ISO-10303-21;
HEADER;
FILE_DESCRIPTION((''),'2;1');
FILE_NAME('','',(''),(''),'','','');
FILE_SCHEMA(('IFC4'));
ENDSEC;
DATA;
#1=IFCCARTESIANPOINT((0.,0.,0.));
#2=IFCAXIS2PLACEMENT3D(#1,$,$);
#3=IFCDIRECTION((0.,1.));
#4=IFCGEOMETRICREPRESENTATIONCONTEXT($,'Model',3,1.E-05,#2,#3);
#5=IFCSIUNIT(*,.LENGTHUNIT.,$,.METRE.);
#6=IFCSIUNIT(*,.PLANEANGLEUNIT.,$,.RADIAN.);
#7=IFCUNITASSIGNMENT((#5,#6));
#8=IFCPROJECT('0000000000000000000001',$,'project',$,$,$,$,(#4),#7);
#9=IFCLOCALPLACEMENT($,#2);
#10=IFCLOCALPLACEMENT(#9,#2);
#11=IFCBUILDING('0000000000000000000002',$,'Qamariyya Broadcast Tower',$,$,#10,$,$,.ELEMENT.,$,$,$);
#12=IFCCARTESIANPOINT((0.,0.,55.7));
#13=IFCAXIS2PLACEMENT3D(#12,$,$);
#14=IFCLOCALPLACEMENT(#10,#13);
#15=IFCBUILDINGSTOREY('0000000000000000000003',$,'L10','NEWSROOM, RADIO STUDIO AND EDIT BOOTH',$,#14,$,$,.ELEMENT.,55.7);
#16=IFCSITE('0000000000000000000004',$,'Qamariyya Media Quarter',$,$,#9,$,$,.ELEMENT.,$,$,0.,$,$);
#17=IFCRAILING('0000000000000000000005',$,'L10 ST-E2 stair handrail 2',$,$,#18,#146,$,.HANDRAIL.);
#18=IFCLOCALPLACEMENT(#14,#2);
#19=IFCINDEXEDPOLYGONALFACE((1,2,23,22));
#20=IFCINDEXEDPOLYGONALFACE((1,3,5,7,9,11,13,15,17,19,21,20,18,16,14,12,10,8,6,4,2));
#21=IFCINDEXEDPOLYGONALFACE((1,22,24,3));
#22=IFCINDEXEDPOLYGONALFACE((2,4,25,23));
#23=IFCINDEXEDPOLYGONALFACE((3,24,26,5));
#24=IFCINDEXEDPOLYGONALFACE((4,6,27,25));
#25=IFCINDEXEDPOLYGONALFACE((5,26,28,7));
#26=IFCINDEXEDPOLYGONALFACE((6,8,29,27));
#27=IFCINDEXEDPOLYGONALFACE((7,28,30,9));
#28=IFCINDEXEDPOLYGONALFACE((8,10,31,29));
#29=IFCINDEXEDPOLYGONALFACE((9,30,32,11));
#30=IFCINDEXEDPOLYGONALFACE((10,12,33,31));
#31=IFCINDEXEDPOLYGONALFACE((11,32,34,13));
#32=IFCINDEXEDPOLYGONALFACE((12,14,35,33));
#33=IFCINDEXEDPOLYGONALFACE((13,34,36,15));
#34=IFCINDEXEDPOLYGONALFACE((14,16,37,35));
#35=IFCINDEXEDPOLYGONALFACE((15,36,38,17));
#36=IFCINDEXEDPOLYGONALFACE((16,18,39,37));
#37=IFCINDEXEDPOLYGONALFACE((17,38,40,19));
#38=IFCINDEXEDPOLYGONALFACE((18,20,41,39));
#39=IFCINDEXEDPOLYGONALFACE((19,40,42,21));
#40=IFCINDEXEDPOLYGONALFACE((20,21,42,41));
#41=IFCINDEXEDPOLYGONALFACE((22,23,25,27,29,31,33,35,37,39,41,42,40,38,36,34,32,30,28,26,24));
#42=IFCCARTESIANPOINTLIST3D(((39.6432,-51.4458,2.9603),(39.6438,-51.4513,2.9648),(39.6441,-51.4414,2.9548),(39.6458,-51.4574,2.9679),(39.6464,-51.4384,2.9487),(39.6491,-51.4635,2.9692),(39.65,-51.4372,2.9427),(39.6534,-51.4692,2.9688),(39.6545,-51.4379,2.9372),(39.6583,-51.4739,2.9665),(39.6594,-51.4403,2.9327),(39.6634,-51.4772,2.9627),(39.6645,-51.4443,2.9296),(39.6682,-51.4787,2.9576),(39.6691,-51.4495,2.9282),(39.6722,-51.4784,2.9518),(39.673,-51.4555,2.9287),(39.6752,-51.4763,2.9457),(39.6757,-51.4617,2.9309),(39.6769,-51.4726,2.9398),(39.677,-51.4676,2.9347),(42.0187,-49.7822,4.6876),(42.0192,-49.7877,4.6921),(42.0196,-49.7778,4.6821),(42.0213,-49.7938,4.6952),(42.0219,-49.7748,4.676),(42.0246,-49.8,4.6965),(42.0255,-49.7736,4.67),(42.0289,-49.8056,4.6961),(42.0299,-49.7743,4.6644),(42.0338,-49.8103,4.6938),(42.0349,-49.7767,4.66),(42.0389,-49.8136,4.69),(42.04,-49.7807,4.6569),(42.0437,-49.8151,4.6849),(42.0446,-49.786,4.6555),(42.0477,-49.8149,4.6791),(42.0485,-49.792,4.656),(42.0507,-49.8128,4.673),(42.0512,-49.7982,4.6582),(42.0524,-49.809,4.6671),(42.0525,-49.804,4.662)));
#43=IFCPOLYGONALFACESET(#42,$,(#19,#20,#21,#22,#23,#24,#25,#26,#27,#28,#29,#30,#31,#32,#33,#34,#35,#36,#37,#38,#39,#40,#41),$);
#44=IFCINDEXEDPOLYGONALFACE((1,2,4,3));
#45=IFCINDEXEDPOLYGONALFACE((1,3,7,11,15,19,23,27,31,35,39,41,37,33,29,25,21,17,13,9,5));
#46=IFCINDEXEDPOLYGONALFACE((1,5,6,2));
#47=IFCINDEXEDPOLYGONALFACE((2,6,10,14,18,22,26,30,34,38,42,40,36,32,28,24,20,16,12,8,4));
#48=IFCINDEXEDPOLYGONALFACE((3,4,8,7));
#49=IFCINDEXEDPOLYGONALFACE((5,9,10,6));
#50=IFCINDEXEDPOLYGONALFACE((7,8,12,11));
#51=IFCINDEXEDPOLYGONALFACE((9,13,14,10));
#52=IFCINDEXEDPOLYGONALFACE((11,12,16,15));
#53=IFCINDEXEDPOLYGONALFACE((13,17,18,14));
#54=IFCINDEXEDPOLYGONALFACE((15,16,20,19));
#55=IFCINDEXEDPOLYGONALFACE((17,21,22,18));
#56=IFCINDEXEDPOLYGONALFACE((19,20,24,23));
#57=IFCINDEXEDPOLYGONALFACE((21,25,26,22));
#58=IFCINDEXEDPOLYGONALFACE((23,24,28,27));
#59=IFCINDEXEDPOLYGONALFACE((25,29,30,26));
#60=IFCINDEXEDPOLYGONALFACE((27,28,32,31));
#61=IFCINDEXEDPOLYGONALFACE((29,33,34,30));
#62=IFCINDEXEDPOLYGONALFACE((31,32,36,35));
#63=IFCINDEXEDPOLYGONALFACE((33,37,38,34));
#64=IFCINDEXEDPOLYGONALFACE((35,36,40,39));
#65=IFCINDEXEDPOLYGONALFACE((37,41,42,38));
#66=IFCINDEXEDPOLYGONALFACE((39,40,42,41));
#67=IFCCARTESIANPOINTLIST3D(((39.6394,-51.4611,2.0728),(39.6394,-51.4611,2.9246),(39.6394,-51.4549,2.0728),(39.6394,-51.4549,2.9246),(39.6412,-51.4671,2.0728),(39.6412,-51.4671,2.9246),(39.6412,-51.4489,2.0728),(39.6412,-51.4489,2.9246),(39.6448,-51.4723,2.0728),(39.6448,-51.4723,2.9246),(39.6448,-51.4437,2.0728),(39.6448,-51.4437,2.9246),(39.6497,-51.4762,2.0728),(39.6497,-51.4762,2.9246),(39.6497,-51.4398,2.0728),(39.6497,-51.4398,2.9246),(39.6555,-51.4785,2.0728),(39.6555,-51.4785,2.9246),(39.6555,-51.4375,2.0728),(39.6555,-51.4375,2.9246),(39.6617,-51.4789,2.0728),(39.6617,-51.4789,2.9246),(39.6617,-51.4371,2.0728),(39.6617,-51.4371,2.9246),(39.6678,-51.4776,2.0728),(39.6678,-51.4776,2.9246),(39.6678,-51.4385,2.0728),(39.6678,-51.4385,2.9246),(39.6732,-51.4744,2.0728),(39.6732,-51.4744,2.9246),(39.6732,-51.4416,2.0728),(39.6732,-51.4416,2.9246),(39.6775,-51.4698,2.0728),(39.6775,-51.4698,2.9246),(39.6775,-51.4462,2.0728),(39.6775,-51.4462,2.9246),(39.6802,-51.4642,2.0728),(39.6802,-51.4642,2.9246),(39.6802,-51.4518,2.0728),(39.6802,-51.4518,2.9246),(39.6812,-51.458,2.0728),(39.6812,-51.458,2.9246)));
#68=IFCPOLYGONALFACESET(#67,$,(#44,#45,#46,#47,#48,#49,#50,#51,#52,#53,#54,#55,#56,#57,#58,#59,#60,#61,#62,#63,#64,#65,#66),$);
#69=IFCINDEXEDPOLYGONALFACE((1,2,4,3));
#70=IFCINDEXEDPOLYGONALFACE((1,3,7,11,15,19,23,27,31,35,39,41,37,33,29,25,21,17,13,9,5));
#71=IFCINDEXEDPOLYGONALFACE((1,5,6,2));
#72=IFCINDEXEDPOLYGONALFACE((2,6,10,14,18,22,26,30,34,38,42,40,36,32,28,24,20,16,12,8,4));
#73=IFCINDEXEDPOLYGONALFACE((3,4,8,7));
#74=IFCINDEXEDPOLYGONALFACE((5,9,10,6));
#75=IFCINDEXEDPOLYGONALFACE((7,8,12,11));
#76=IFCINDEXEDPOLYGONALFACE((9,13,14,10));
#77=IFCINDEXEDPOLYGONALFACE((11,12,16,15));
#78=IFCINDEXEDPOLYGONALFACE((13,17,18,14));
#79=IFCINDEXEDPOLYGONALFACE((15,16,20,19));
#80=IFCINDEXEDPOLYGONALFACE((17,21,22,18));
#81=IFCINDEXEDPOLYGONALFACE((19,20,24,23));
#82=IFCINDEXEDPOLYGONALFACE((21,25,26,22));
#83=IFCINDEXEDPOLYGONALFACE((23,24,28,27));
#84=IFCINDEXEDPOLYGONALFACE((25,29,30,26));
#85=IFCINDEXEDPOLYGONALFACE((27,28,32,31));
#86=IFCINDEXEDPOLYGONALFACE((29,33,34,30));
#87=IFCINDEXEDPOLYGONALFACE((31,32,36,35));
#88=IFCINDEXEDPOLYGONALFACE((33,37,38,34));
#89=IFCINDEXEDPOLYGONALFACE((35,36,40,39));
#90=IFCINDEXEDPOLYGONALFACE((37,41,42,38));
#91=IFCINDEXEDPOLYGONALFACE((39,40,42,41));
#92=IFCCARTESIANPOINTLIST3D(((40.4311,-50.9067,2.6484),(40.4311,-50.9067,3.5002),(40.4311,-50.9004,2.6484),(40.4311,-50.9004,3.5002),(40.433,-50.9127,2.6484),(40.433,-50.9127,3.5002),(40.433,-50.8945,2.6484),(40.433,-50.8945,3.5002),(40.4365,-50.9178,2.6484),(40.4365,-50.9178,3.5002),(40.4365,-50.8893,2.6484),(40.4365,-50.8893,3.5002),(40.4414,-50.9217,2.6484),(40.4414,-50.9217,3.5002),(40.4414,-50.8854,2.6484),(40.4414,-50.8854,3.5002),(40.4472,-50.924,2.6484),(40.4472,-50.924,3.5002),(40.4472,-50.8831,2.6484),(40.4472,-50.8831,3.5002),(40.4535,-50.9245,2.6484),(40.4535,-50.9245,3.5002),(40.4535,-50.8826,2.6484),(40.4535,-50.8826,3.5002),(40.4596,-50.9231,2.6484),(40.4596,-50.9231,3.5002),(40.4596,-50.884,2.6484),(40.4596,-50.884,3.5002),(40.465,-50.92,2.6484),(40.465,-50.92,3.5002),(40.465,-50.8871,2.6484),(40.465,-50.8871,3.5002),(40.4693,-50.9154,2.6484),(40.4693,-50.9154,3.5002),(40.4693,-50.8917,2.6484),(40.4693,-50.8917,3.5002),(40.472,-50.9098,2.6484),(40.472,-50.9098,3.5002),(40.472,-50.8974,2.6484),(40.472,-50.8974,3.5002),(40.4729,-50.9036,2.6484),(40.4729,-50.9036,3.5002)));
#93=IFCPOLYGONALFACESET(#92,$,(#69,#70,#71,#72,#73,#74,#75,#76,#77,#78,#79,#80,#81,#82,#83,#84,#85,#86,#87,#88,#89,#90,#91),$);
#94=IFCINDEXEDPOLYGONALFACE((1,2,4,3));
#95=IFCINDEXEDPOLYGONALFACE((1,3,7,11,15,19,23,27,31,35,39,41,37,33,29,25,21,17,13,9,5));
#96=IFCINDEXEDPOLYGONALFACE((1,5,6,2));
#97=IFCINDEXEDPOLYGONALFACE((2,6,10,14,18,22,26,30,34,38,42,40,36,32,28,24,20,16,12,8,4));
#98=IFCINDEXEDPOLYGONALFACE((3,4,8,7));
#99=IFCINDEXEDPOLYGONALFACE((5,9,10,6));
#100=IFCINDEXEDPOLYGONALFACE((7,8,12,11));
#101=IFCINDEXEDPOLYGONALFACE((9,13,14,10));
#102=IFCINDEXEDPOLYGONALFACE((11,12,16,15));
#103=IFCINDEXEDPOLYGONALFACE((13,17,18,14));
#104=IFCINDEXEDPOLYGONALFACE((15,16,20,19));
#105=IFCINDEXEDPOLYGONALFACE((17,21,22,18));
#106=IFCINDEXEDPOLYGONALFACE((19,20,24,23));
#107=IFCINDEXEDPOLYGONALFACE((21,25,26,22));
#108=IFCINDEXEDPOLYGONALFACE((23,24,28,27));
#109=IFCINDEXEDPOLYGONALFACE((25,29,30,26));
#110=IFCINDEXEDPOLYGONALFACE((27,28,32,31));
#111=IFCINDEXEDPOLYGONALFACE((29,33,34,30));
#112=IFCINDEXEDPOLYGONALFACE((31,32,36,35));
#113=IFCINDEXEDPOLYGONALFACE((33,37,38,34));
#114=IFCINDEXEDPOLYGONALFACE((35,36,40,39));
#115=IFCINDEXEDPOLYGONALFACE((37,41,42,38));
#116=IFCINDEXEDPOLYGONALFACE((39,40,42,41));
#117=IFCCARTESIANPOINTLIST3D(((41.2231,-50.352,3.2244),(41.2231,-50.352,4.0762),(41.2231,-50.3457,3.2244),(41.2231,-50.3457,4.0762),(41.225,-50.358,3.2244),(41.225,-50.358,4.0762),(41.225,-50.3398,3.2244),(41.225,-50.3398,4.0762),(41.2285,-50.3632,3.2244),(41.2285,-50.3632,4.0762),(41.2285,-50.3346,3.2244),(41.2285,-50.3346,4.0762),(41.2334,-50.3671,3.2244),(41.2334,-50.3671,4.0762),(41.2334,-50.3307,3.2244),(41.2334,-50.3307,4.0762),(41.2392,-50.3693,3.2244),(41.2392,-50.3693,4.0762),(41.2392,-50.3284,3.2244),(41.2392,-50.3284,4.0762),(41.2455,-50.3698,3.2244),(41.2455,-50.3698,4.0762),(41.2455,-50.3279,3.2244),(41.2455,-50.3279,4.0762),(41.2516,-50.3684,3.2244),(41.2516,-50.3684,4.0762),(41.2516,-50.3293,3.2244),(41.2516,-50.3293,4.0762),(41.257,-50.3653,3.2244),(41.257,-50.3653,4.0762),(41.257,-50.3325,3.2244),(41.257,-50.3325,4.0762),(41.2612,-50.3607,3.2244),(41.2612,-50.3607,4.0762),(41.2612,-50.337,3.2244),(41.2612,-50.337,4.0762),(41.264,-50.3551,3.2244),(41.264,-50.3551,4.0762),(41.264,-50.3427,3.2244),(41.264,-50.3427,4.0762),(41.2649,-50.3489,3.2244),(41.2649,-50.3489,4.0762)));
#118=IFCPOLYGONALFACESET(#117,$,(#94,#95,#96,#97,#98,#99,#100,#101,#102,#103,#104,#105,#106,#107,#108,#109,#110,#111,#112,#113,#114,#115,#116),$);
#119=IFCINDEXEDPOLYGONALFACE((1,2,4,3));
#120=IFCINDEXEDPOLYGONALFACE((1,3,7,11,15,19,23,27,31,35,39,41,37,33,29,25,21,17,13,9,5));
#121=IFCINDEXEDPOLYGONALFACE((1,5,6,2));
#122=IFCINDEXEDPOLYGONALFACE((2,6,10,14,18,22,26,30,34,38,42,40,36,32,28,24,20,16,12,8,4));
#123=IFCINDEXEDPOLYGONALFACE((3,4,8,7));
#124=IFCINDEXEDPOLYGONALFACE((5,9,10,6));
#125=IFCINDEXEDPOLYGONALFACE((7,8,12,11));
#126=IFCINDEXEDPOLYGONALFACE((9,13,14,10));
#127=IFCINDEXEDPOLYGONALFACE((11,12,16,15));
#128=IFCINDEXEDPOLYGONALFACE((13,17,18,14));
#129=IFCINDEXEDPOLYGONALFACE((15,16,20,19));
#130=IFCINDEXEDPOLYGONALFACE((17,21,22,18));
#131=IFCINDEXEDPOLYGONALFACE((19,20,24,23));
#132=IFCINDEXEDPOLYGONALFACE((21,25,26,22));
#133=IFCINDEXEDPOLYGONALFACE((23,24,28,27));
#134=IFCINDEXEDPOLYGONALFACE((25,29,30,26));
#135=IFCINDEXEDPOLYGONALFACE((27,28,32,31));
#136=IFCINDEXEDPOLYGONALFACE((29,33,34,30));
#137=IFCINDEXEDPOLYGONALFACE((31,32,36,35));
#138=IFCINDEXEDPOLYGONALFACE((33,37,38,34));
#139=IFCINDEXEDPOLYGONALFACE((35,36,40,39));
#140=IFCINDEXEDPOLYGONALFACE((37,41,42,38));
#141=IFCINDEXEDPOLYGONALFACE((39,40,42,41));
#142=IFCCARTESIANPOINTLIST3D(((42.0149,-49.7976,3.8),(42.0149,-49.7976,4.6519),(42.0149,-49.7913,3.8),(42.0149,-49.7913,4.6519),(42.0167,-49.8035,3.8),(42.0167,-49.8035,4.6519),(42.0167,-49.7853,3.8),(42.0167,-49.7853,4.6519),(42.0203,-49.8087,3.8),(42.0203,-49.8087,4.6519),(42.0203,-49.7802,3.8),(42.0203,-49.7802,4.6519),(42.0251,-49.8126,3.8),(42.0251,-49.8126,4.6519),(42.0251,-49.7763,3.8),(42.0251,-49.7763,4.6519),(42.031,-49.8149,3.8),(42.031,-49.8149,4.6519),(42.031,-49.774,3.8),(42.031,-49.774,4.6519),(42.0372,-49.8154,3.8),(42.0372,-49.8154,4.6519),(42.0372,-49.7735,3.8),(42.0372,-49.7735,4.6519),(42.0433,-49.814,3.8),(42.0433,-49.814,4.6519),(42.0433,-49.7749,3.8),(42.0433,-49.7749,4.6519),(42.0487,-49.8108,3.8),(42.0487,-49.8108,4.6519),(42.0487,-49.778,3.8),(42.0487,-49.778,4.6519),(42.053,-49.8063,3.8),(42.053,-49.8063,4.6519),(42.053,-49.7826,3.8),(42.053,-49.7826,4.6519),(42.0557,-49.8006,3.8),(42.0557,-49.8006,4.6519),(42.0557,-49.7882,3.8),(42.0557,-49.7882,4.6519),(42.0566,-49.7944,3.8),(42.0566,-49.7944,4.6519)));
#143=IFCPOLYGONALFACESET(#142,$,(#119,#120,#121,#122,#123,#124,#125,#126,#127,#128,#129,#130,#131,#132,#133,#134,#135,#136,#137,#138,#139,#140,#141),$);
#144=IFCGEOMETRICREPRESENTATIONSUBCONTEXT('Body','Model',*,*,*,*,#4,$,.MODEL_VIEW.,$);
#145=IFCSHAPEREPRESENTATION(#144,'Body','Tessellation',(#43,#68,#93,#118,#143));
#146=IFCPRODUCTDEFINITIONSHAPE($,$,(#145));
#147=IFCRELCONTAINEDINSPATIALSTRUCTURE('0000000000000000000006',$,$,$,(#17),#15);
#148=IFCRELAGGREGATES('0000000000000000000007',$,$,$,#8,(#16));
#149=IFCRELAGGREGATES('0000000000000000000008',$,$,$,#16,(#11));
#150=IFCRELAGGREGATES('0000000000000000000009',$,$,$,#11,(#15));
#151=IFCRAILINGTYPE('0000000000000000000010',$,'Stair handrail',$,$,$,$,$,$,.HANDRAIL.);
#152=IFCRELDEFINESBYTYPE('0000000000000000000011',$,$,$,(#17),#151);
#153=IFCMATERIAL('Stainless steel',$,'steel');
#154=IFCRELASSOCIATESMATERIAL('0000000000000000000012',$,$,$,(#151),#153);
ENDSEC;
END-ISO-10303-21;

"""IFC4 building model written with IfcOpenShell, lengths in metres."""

from ifc_helpers import new_model, si_unit, direction, frame, origin, origin_2d, place, context, subcontext, project, spatial, circle, extrude, material, type_object, element, save


model = new_model("IFC4")

# Units and contexts
model_context = context("Model", 3, precision=1e-05, world=origin(), true_north=direction((0.0, 1.0)))
body_context = subcontext(model_context, "Body", "Model", "MODEL_VIEW")
ifc_project = project(units=[si_unit("LENGTHUNIT", "METRE"), si_unit("PLANEANGLEUNIT", "RADIAN")], contexts=[model_context])

# Site, building, storey
site_placement = place(None, origin())
site = spatial("IfcSite", under=ifc_project, at=site_placement, Name="Qamariyya Media Quarter", CompositionType="ELEMENT", RefElevation=0.0)
building_placement = place(site_placement, origin())
building = spatial("IfcBuilding", under=site, at=building_placement, Name="Qamariyya Broadcast Tower", CompositionType="ELEMENT")
storey_placement = place(building_placement, frame((0.0, 0.0, 55.7)))
storey = spatial("IfcBuildingStorey", under=building, at=storey_placement, Name="L10", Description="NEWSROOM, RADIO STUDIO AND EDIT BOOTH", CompositionType="ELEMENT", Elevation=55.7)

# Railing
ifc_material_1 = material(Name="Stainless steel", Category="steel")
railing_type_1 = type_object("IfcRailingType", Name="Stair handrail", PredefinedType="HANDRAIL", material=ifc_material_1)
railing_1_placement = place(storey_placement, frame((39.6602, -51.458, 2.0728)))
element("IfcRailing", 1, at=railing_1_placement, inside=storey, type_object=railing_type_1, Name="L10 ST-E2 stair handrail 2", PredefinedType="HANDRAIL", context=body_context, shape_type="SweptSolid", body=[
    extrude(circle(Radius=0.0239, at=origin_2d()), frame((0.0, 0.0, 0.876), z_axis=(0.703745, 0.492838, 0.511716), x_axis=(-0.573632, 0.819113, 0.0)), (0.0, 0.0, 1.0), 3.3755),
    extrude(circle(Radius=0.021, at=origin_2d()), origin(), (0.0, 0.0, 1.0), 0.8518),
    extrude(circle(Radius=0.021, at=origin_2d()), frame((0.7917, 0.5544, 0.5757)), (0.0, 0.0, 1.0), 0.8518),
    extrude(circle(Radius=0.021, at=origin_2d()), frame((1.5837, 1.1091, 1.1516)), (0.0, 0.0, 1.0), 0.8518),
    extrude(circle(Radius=0.021, at=origin_2d()), frame((2.3755, 1.6636, 1.7273)), (0.0, 0.0, 1.0), 0.8518),
])

save(model, "model.ifc")
